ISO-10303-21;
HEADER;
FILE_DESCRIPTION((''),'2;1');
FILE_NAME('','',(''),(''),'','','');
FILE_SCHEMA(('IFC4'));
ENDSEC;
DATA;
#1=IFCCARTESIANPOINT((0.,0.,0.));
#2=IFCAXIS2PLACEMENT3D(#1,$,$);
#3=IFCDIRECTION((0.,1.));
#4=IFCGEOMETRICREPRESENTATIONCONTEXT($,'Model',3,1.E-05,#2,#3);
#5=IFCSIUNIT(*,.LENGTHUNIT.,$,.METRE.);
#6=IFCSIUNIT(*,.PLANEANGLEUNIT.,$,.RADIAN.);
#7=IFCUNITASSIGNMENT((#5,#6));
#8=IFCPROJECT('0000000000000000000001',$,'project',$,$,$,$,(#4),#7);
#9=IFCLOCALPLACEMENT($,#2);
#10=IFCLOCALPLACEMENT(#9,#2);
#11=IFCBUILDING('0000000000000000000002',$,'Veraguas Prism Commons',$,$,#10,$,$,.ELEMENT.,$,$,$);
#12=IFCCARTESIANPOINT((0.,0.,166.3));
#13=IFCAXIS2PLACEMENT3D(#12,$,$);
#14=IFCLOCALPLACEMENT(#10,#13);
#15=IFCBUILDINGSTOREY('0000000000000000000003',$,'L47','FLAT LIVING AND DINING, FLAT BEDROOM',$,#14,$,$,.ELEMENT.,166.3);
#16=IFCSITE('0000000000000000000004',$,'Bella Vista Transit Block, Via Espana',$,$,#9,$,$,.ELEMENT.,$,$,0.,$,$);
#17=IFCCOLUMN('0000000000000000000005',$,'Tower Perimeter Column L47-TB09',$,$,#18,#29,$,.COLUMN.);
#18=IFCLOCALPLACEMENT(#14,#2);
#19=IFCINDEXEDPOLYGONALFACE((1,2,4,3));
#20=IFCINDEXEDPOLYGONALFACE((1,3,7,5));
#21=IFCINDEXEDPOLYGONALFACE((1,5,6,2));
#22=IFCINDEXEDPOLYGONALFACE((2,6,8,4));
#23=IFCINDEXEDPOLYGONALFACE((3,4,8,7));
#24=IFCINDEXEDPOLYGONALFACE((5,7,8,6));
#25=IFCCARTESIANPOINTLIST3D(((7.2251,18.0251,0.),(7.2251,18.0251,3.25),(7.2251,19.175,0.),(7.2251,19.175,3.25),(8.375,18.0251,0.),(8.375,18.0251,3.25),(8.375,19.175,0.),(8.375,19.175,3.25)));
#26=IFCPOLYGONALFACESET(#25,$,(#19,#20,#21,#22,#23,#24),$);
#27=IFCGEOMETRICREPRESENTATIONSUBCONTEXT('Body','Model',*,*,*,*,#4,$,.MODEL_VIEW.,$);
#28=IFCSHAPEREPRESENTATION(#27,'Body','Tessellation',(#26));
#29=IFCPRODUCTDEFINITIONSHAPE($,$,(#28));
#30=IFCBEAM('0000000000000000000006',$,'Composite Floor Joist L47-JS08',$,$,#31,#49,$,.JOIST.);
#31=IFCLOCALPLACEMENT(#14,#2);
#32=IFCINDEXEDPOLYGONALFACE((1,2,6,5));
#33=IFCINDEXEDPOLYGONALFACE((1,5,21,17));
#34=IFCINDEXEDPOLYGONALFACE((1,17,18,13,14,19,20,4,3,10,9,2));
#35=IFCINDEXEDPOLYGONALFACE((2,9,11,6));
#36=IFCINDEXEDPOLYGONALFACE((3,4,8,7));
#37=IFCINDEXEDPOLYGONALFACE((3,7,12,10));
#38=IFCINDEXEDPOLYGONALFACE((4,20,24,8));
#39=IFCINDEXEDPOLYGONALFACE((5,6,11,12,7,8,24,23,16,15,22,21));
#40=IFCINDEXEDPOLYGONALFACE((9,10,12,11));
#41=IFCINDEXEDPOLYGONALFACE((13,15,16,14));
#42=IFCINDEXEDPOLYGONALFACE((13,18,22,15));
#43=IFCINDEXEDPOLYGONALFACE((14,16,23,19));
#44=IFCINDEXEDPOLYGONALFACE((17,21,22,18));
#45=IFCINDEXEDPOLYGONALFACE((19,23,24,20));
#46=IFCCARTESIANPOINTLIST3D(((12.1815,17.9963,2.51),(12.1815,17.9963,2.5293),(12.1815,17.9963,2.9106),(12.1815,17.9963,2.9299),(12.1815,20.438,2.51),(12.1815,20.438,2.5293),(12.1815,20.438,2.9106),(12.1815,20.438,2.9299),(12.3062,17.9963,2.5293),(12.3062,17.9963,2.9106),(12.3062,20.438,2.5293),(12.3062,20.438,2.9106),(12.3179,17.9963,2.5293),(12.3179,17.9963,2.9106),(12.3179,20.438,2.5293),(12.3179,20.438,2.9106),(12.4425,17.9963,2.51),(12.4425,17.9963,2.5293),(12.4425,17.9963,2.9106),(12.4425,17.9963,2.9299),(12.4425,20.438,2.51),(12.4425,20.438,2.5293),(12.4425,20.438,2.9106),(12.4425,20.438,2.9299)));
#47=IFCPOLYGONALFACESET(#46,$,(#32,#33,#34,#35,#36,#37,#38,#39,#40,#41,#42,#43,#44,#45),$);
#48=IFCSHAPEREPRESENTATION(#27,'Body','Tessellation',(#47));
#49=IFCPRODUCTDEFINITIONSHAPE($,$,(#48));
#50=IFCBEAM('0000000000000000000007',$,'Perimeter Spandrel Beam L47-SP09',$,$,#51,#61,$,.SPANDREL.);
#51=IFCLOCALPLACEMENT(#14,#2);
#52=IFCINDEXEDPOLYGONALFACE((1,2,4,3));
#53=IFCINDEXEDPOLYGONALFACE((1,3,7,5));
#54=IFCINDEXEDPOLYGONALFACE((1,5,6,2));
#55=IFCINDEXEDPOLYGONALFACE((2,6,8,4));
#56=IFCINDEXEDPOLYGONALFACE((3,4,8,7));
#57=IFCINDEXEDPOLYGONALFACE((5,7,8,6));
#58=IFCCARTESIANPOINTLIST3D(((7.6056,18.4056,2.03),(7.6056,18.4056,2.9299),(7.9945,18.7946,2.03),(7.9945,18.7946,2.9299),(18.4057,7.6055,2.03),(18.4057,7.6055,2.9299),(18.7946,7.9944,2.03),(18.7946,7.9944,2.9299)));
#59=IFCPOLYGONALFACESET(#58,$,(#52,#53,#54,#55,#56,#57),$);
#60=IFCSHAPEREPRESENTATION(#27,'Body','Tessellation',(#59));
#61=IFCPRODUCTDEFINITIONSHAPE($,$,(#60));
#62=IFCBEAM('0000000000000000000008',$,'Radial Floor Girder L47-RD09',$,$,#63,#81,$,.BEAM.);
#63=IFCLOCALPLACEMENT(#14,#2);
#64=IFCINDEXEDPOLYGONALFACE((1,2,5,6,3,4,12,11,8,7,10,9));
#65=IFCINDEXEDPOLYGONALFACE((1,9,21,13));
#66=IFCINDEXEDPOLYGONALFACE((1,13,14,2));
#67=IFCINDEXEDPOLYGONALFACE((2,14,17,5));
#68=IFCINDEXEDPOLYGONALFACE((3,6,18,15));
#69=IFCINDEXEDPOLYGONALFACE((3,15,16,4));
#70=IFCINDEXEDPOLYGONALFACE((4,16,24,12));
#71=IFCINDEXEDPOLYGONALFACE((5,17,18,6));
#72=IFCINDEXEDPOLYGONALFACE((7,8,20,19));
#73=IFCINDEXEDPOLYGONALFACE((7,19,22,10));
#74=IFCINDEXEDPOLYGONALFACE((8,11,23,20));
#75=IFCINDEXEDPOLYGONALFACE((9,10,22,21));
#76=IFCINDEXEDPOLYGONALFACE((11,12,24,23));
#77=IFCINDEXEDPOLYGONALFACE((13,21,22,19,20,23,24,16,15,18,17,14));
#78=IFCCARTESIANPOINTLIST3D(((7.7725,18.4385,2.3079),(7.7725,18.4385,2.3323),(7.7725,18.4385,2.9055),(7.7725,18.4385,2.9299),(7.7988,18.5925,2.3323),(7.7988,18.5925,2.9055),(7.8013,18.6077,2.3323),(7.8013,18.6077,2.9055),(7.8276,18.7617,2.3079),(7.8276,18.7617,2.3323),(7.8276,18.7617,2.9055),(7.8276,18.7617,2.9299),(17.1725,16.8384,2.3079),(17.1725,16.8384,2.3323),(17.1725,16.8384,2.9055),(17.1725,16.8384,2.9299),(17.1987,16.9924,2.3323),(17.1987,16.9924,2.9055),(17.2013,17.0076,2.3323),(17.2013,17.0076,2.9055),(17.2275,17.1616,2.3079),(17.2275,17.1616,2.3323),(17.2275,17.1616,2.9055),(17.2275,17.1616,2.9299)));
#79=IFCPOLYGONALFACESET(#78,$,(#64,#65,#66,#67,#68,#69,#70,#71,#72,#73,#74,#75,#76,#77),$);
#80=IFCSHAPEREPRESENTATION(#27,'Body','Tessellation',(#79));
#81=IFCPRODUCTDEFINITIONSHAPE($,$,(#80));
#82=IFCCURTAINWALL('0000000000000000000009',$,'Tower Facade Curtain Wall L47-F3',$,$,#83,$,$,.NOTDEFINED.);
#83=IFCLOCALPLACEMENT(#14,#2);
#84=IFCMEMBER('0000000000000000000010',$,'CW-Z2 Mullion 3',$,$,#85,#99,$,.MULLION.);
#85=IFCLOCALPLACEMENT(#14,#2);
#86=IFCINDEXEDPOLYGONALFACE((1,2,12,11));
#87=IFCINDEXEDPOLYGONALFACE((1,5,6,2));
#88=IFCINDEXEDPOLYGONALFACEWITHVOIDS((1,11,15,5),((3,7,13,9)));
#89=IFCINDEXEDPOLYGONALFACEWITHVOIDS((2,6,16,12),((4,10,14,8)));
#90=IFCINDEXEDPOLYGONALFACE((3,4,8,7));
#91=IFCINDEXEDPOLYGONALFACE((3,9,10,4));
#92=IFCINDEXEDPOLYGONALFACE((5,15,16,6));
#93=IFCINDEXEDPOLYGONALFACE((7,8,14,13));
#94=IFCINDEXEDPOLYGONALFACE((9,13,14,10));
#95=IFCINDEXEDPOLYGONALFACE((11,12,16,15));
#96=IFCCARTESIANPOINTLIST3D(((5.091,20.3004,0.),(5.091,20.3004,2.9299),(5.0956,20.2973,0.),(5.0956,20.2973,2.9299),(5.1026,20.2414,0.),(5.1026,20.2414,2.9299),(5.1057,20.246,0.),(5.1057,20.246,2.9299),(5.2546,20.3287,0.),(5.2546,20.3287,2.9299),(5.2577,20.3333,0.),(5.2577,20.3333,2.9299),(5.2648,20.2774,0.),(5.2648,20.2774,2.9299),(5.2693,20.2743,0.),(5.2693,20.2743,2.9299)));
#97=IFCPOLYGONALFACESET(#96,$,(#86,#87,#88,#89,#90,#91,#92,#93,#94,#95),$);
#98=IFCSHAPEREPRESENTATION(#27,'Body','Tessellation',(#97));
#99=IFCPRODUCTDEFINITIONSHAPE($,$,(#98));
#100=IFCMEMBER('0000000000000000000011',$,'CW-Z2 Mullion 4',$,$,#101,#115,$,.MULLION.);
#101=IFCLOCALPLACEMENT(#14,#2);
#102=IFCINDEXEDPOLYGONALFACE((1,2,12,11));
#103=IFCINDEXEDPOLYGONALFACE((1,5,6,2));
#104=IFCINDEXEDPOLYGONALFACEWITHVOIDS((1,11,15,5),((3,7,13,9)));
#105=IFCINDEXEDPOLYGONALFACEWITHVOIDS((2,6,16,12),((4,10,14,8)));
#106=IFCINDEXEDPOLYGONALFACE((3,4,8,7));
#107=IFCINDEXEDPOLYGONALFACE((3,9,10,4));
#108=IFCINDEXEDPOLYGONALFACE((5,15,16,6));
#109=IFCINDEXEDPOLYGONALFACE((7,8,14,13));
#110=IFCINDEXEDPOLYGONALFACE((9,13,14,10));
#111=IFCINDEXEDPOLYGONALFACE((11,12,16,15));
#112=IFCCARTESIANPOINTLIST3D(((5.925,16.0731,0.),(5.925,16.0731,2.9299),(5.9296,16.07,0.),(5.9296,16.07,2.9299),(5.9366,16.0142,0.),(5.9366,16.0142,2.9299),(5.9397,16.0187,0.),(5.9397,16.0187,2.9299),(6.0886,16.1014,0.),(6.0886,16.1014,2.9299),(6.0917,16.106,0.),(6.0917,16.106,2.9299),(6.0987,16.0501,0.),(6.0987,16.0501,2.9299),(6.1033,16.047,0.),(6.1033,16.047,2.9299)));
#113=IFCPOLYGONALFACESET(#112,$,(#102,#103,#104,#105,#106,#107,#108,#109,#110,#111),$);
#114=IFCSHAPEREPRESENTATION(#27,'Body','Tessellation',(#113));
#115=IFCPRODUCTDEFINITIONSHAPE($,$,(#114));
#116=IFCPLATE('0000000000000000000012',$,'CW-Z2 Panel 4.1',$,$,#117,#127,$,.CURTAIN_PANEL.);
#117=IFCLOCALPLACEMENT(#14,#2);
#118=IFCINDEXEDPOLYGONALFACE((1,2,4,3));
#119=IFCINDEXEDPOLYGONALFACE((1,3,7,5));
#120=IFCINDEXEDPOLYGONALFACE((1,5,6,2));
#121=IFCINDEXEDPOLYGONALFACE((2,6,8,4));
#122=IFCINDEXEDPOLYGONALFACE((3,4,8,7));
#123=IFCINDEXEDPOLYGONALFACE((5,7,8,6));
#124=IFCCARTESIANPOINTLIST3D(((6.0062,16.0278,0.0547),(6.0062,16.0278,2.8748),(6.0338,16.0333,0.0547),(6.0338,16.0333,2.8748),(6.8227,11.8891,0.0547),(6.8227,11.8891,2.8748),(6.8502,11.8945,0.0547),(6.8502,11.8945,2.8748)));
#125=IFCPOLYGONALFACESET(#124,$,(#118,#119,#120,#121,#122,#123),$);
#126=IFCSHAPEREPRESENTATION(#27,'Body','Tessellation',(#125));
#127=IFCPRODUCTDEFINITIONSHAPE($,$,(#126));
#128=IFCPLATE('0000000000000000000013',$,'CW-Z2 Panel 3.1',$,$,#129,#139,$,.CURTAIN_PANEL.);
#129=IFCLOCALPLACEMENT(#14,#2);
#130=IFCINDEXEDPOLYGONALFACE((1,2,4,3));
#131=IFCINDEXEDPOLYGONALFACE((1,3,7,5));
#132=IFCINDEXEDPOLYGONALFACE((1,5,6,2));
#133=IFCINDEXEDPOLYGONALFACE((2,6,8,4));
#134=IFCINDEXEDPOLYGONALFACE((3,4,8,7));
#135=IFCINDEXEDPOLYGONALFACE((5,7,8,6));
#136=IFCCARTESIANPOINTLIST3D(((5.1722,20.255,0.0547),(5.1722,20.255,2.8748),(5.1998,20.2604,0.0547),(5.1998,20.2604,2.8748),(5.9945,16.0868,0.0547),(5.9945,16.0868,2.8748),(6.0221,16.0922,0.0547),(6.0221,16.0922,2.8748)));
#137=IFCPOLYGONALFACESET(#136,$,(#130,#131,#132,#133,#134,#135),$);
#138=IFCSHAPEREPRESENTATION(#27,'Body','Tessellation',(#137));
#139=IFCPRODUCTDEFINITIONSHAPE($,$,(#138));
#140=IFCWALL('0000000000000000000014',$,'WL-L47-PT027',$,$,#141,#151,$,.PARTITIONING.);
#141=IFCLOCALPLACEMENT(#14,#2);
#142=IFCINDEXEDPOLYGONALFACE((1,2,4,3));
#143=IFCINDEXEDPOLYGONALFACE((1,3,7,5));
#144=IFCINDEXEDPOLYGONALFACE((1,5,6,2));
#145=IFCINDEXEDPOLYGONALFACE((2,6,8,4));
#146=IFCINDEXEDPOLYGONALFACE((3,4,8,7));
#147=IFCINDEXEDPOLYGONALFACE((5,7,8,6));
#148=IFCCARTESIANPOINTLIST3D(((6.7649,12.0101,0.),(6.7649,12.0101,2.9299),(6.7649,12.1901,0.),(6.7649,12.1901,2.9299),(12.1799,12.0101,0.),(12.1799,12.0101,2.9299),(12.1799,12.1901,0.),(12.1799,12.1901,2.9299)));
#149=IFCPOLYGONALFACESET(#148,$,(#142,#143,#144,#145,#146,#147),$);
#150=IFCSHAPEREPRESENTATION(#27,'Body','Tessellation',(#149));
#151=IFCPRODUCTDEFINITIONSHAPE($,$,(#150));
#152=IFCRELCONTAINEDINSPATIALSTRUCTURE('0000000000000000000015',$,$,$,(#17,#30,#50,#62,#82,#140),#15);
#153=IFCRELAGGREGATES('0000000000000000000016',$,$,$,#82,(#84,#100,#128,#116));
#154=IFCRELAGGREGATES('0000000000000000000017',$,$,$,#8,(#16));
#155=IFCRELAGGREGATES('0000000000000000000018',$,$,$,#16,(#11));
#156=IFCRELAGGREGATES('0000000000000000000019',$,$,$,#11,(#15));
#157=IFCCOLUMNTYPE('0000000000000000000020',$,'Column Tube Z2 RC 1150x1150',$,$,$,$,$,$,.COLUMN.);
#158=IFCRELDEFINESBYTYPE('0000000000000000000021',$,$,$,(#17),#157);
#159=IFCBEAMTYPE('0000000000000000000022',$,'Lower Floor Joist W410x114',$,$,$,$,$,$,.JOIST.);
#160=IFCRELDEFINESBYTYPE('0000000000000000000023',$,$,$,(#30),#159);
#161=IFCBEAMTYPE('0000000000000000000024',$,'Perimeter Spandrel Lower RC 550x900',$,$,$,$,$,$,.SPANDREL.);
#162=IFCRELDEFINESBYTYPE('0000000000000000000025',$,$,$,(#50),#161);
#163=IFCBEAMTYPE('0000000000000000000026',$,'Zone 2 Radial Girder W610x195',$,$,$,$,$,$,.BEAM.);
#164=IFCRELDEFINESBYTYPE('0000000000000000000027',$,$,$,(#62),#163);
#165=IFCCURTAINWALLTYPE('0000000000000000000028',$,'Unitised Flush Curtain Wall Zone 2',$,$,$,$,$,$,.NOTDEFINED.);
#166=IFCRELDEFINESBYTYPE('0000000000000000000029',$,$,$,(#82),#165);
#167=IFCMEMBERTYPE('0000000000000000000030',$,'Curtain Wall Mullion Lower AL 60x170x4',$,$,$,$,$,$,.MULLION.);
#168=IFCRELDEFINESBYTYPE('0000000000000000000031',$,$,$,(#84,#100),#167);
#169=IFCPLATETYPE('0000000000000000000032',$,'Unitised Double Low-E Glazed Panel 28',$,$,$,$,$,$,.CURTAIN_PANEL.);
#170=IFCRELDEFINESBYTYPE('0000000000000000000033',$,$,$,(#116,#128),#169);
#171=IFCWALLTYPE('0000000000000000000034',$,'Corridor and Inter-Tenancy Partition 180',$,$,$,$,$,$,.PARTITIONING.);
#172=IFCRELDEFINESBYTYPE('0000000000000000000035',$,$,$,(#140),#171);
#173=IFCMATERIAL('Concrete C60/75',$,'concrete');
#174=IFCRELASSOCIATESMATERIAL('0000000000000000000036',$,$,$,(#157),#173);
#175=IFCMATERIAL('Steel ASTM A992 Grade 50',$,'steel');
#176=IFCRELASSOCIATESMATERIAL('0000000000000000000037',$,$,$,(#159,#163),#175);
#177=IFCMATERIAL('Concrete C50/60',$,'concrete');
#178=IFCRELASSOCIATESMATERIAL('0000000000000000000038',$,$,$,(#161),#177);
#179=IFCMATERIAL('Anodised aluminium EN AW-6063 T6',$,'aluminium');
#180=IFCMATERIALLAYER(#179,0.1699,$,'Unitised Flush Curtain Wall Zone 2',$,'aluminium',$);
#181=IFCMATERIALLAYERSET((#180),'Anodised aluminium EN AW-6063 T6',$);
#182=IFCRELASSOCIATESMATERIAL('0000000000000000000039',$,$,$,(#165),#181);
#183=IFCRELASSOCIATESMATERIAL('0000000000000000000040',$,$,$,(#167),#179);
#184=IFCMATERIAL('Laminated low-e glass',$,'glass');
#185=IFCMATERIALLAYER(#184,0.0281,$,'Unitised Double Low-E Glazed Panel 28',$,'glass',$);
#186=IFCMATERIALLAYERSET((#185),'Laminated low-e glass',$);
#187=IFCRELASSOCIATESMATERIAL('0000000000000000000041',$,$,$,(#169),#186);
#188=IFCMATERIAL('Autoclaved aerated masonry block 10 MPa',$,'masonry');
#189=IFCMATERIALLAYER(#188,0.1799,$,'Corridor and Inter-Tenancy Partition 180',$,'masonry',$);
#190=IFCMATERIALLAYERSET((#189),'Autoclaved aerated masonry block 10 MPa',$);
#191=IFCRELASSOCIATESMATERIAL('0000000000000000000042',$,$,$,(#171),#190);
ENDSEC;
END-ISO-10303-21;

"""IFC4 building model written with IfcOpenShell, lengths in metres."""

from ifc_helpers import new_model, si_unit, direction, frame, frame_2d, origin, origin_2d, place, context, subcontext, project, spatial, rectangle, hollow_rectangle, i_section, extrude, source, transform, mapped, material, layer, layer_set, material_profile, profile_set, type_object, element, aggregate, save


model = new_model("IFC4")

# Units and contexts
model_context = context("Model", 3, precision=1e-05, world=origin(), true_north=direction((0.0, 1.0)))
body_context = subcontext(model_context, "Body", "Model", "MODEL_VIEW")
ifc_project = project(units=[si_unit("LENGTHUNIT", "METRE"), si_unit("PLANEANGLEUNIT", "RADIAN")], contexts=[model_context])

# Site, building, storey
site_placement = place(None, origin())
site = spatial("IfcSite", under=ifc_project, at=site_placement, Name="Bella Vista Transit Block, Via Espana", CompositionType="ELEMENT", RefElevation=0.0)
building_placement = place(site_placement, origin())
building = spatial("IfcBuilding", under=site, at=building_placement, Name="Veraguas Prism Commons", CompositionType="ELEMENT")
storey_placement = place(building_placement, frame((0.0, 0.0, 166.3)))
storey = spatial("IfcBuildingStorey", under=building, at=storey_placement, Name="L47", Description="FLAT LIVING AND DINING, FLAT BEDROOM", CompositionType="ELEMENT", Elevation=166.3)

# Column
ifc_material_1 = material(Name="Concrete C60/75", Category="concrete")
ifc_material_profile_1 = material_profile(ifc_material_1, rectangle(XDim=1.1499, YDim=1.1499, at=origin_2d()), Name="RC1150X1150")
ifc_profile_set_1 = profile_set([ifc_material_profile_1], Name="Concrete C60/75")
column_type = type_object("IfcColumnType", Name="Column Tube Z2 RC 1150x1150", PredefinedType="COLUMN", material=ifc_profile_set_1)
column_placement = place(storey_placement, frame((7.8, 18.6001, 0.0), z_axis=(0.0, 0.0, 1.0), x_axis=(1.0, 0.0, 0.0)))
element("IfcColumn", 1, at=column_placement, inside=storey, type_object=column_type, Name="Tower Perimeter Column L47-TB09", PredefinedType="COLUMN", context=body_context, shape_type="SweptSolid", body=[
    extrude(rectangle(XDim=1.1499, YDim=1.1499, at=origin_2d()), origin(), (0.0, 0.0, 1.0), 3.25),
])

# Beams
ifc_material_2 = material(Name="Steel ASTM A992 Grade 50", Category="steel")
ifc_material_profile_2 = material_profile(ifc_material_2, i_section(OverallWidth=0.261, OverallDepth=0.4199, WebThickness=0.0117, FlangeThickness=0.0193, at=origin_2d()), Name="W410X114")
ifc_profile_set_2 = profile_set([ifc_material_profile_2], Name="Steel ASTM A992 Grade 50")
beam_type_1 = type_object("IfcBeamType", Name="Lower Floor Joist W410x114", PredefinedType="JOIST", material=ifc_profile_set_2)
beam_1_placement = place(storey_placement, frame((12.312, 20.438, 2.72), z_axis=(0.0, -1.0, 0.0), x_axis=(1.0, 0.0, 0.0)))
element("IfcBeam", 2, at=beam_1_placement, inside=storey, type_object=beam_type_1, Name="Composite Floor Joist L47-JS08", PredefinedType="JOIST", context=body_context, shape_type="SweptSolid", body=[
    extrude(i_section(OverallWidth=0.261, OverallDepth=0.4199, WebThickness=0.0117, FlangeThickness=0.0193, at=origin_2d()), origin(), (0.0, 0.0, 1.0), 2.4417),
])
ifc_material_3 = material(Name="Concrete C50/60", Category="concrete")
ifc_material_profile_3 = material_profile(ifc_material_3, rectangle(XDim=0.55, YDim=0.8999, at=origin_2d()), Name="RC550X900")
ifc_profile_set_3 = profile_set([ifc_material_profile_3], Name="Concrete C50/60")
beam_type_2 = type_object("IfcBeamType", Name="Perimeter Spandrel Lower RC 550x900", PredefinedType="SPANDREL", material=ifc_profile_set_3)
beam_2_placement = place(storey_placement, frame((7.8, 18.6001, 2.48), z_axis=(0.707107, -0.707107, 0.0), x_axis=(0.707107, 0.707107, 0.0)))
element("IfcBeam", 3, at=beam_2_placement, inside=storey, type_object=beam_type_2, Name="Perimeter Spandrel Beam L47-SP09", PredefinedType="SPANDREL", context=body_context, shape_type="SweptSolid", body=[
    extrude(rectangle(XDim=0.55, YDim=0.8999, at=origin_2d()), origin(), (0.0, 0.0, 1.0), 15.2737),
])
ifc_material_profile_4 = material_profile(ifc_material_2, i_section(OverallWidth=0.3279, OverallDepth=0.6221, WebThickness=0.0154, FlangeThickness=0.0244, at=origin_2d()), Name="W610X195")
ifc_profile_set_4 = profile_set([ifc_material_profile_4], Name="Steel ASTM A992 Grade 50")
beam_type_3 = type_object("IfcBeamType", Name="Zone 2 Radial Girder W610x195", PredefinedType="BEAM", material=ifc_profile_set_4)
beam_3_placement = place(storey_placement, frame((7.8, 18.6001, 2.6189), z_axis=(0.985819, -0.167811, 0.0), x_axis=(0.167811, 0.985819, 0.0)))
element("IfcBeam", 4, at=beam_3_placement, inside=storey, type_object=beam_type_3, Name="Radial Floor Girder L47-RD09", PredefinedType="BEAM", context=body_context, shape_type="SweptSolid", body=[
    extrude(i_section(OverallWidth=0.3279, OverallDepth=0.6221, WebThickness=0.0154, FlangeThickness=0.0244, at=origin_2d()), origin(), (0.0, 0.0, 1.0), 9.5352),
])

# Curtain wall, members, plates
ifc_material_4 = material(Name="Anodised aluminium EN AW-6063 T6", Category="aluminium")
ifc_layer_1 = layer(ifc_material_4, 0.1699, Name="Unitised Flush Curtain Wall Zone 2", Category="aluminium")
ifc_layer_set_1 = layer_set([ifc_layer_1], Name="Anodised aluminium EN AW-6063 T6")
curtain_wall_type = type_object("IfcCurtainWallType", Name="Unitised Flush Curtain Wall Zone 2", PredefinedType="NOTDEFINED", material=ifc_layer_set_1)
curtain_wall_placement = place(storey_placement, origin())
curtain_wall = element("IfcCurtainWall", 5, at=curtain_wall_placement, inside=storey, type_object=curtain_wall_type, Name="Tower Facade Curtain Wall L47-F3", PredefinedType="NOTDEFINED")
ifc_material_profile_5 = material_profile(ifc_material_4, hollow_rectangle(XDim=0.0601, YDim=0.1699, WallThickness=0.0039, at=origin_2d()), Name="AL60X170X4")
ifc_profile_set_5 = profile_set([ifc_material_profile_5], Name="Anodised aluminium EN AW-6063 T6")
member_type = type_object("IfcMemberType", Name="Curtain Wall Mullion Lower AL 60x170x4", PredefinedType="MULLION", material=ifc_profile_set_5)
shared_shape_1 = source(origin(), body_context, "Body", "SweptSolid", [
    extrude(hollow_rectangle(XDim=0.0601, YDim=0.1699, WallThickness=0.0039, at=origin_2d()), origin(), (0.0, 0.0, 1.0), 2.9299),
])
member_1_placement = place(storey_placement, frame((5.1802, 20.2874, 0.0), z_axis=(0.0, 0.0, 1.0), x_axis=(0.193549, -0.981091, 0.0)))
member_1 = element("IfcMember", 6, at=member_1_placement, type_object=member_type, Name="CW-Z2 Mullion 3", PredefinedType="MULLION", context=body_context, shape_type="MappedRepresentation", body=[
    mapped(shared_shape_1, transform((0.0, 0.0, 0.0), scale=1.0)),
])
member_2_placement = place(storey_placement, frame((6.0142, 16.0601, 0.0), z_axis=(0.0, 0.0, 1.0), x_axis=(0.193549, -0.981091, 0.0)))
member_2 = element("IfcMember", 7, at=member_2_placement, type_object=member_type, Name="CW-Z2 Mullion 4", PredefinedType="MULLION", context=body_context, shape_type="MappedRepresentation", body=[
    mapped(shared_shape_1, transform((0.0, 0.0, 0.0), scale=1.0)),
])
ifc_material_5 = material(Name="Laminated low-e glass", Category="glass")
ifc_layer_2 = layer(ifc_material_5, 0.0281, Name="Unitised Double Low-E Glazed Panel 28", Category="glass")
ifc_layer_set_2 = layer_set([ifc_layer_2], Name="Laminated low-e glass")
plate_type = type_object("IfcPlateType", Name="Unitised Double Low-E Glazed Panel 28", PredefinedType="CURTAIN_PANEL", material=ifc_layer_set_2)
shared_shape_2 = source(origin(), body_context, "Body", "SweptSolid", [
    extrude(rectangle(XDim=4.2185, YDim=0.0281, at=origin_2d()), origin(), (0.0, 0.0, 1.0), 2.8201),
])
plate_1_placement = place(storey_placement, frame((6.4282, 13.9612, 0.0547), z_axis=(0.0, 0.0, 1.0), x_axis=(0.193549, -0.981091, 0.0)))
plate_1 = element("IfcPlate", 8, at=plate_1_placement, type_object=plate_type, Name="CW-Z2 Panel 4.1", PredefinedType="CURTAIN_PANEL", context=body_context, shape_type="MappedRepresentation", body=[
    mapped(shared_shape_2, transform((0.0, 0.0, 0.0), scale=1.0)),
])
shared_shape_3 = source(origin(), body_context, "Body", "SweptSolid", [
    extrude(rectangle(XDim=4.2485, YDim=0.0281, at=origin_2d()), origin(), (0.0, 0.0, 1.0), 2.8201),
])
plate_2_placement = place(storey_placement, frame((5.5972, 18.1736, 0.0547), z_axis=(0.0, 0.0, 1.0), x_axis=(0.193549, -0.981091, 0.0)))
plate_2 = element("IfcPlate", 9, at=plate_2_placement, type_object=plate_type, Name="CW-Z2 Panel 3.1", PredefinedType="CURTAIN_PANEL", context=body_context, shape_type="MappedRepresentation", body=[
    mapped(shared_shape_3, transform((0.0, 0.0, 0.0), scale=1.0)),
])
aggregate(curtain_wall, [member_1, member_2, plate_2, plate_1])

# Wall
ifc_material_6 = material(Name="Autoclaved aerated masonry block 10 MPa", Category="masonry")
ifc_layer_3 = layer(ifc_material_6, 0.1799, Name="Corridor and Inter-Tenancy Partition 180", Category="masonry")
ifc_layer_set_3 = layer_set([ifc_layer_3], Name="Autoclaved aerated masonry block 10 MPa")
wall_type_1 = type_object("IfcWallType", Name="Corridor and Inter-Tenancy Partition 180", PredefinedType="PARTITIONING", material=ifc_layer_set_3)
wall_1_placement = place(storey_placement, frame((12.1799, 12.1001, 0.0), z_axis=(0.0, 0.0, 1.0), x_axis=(-1.0, 0.0, 0.0)))
element("IfcWall", 10, at=wall_1_placement, inside=storey, type_object=wall_type_1, Name="WL-L47-PT027", PredefinedType="PARTITIONING", context=body_context, shape_type="SweptSolid", body=[
    extrude(rectangle(XDim=5.415, YDim=0.1799, at=frame_2d((2.7075, 0.0))), origin(), (0.0, 0.0, 1.0), 2.9299),
])

save(model, "model.ifc")
